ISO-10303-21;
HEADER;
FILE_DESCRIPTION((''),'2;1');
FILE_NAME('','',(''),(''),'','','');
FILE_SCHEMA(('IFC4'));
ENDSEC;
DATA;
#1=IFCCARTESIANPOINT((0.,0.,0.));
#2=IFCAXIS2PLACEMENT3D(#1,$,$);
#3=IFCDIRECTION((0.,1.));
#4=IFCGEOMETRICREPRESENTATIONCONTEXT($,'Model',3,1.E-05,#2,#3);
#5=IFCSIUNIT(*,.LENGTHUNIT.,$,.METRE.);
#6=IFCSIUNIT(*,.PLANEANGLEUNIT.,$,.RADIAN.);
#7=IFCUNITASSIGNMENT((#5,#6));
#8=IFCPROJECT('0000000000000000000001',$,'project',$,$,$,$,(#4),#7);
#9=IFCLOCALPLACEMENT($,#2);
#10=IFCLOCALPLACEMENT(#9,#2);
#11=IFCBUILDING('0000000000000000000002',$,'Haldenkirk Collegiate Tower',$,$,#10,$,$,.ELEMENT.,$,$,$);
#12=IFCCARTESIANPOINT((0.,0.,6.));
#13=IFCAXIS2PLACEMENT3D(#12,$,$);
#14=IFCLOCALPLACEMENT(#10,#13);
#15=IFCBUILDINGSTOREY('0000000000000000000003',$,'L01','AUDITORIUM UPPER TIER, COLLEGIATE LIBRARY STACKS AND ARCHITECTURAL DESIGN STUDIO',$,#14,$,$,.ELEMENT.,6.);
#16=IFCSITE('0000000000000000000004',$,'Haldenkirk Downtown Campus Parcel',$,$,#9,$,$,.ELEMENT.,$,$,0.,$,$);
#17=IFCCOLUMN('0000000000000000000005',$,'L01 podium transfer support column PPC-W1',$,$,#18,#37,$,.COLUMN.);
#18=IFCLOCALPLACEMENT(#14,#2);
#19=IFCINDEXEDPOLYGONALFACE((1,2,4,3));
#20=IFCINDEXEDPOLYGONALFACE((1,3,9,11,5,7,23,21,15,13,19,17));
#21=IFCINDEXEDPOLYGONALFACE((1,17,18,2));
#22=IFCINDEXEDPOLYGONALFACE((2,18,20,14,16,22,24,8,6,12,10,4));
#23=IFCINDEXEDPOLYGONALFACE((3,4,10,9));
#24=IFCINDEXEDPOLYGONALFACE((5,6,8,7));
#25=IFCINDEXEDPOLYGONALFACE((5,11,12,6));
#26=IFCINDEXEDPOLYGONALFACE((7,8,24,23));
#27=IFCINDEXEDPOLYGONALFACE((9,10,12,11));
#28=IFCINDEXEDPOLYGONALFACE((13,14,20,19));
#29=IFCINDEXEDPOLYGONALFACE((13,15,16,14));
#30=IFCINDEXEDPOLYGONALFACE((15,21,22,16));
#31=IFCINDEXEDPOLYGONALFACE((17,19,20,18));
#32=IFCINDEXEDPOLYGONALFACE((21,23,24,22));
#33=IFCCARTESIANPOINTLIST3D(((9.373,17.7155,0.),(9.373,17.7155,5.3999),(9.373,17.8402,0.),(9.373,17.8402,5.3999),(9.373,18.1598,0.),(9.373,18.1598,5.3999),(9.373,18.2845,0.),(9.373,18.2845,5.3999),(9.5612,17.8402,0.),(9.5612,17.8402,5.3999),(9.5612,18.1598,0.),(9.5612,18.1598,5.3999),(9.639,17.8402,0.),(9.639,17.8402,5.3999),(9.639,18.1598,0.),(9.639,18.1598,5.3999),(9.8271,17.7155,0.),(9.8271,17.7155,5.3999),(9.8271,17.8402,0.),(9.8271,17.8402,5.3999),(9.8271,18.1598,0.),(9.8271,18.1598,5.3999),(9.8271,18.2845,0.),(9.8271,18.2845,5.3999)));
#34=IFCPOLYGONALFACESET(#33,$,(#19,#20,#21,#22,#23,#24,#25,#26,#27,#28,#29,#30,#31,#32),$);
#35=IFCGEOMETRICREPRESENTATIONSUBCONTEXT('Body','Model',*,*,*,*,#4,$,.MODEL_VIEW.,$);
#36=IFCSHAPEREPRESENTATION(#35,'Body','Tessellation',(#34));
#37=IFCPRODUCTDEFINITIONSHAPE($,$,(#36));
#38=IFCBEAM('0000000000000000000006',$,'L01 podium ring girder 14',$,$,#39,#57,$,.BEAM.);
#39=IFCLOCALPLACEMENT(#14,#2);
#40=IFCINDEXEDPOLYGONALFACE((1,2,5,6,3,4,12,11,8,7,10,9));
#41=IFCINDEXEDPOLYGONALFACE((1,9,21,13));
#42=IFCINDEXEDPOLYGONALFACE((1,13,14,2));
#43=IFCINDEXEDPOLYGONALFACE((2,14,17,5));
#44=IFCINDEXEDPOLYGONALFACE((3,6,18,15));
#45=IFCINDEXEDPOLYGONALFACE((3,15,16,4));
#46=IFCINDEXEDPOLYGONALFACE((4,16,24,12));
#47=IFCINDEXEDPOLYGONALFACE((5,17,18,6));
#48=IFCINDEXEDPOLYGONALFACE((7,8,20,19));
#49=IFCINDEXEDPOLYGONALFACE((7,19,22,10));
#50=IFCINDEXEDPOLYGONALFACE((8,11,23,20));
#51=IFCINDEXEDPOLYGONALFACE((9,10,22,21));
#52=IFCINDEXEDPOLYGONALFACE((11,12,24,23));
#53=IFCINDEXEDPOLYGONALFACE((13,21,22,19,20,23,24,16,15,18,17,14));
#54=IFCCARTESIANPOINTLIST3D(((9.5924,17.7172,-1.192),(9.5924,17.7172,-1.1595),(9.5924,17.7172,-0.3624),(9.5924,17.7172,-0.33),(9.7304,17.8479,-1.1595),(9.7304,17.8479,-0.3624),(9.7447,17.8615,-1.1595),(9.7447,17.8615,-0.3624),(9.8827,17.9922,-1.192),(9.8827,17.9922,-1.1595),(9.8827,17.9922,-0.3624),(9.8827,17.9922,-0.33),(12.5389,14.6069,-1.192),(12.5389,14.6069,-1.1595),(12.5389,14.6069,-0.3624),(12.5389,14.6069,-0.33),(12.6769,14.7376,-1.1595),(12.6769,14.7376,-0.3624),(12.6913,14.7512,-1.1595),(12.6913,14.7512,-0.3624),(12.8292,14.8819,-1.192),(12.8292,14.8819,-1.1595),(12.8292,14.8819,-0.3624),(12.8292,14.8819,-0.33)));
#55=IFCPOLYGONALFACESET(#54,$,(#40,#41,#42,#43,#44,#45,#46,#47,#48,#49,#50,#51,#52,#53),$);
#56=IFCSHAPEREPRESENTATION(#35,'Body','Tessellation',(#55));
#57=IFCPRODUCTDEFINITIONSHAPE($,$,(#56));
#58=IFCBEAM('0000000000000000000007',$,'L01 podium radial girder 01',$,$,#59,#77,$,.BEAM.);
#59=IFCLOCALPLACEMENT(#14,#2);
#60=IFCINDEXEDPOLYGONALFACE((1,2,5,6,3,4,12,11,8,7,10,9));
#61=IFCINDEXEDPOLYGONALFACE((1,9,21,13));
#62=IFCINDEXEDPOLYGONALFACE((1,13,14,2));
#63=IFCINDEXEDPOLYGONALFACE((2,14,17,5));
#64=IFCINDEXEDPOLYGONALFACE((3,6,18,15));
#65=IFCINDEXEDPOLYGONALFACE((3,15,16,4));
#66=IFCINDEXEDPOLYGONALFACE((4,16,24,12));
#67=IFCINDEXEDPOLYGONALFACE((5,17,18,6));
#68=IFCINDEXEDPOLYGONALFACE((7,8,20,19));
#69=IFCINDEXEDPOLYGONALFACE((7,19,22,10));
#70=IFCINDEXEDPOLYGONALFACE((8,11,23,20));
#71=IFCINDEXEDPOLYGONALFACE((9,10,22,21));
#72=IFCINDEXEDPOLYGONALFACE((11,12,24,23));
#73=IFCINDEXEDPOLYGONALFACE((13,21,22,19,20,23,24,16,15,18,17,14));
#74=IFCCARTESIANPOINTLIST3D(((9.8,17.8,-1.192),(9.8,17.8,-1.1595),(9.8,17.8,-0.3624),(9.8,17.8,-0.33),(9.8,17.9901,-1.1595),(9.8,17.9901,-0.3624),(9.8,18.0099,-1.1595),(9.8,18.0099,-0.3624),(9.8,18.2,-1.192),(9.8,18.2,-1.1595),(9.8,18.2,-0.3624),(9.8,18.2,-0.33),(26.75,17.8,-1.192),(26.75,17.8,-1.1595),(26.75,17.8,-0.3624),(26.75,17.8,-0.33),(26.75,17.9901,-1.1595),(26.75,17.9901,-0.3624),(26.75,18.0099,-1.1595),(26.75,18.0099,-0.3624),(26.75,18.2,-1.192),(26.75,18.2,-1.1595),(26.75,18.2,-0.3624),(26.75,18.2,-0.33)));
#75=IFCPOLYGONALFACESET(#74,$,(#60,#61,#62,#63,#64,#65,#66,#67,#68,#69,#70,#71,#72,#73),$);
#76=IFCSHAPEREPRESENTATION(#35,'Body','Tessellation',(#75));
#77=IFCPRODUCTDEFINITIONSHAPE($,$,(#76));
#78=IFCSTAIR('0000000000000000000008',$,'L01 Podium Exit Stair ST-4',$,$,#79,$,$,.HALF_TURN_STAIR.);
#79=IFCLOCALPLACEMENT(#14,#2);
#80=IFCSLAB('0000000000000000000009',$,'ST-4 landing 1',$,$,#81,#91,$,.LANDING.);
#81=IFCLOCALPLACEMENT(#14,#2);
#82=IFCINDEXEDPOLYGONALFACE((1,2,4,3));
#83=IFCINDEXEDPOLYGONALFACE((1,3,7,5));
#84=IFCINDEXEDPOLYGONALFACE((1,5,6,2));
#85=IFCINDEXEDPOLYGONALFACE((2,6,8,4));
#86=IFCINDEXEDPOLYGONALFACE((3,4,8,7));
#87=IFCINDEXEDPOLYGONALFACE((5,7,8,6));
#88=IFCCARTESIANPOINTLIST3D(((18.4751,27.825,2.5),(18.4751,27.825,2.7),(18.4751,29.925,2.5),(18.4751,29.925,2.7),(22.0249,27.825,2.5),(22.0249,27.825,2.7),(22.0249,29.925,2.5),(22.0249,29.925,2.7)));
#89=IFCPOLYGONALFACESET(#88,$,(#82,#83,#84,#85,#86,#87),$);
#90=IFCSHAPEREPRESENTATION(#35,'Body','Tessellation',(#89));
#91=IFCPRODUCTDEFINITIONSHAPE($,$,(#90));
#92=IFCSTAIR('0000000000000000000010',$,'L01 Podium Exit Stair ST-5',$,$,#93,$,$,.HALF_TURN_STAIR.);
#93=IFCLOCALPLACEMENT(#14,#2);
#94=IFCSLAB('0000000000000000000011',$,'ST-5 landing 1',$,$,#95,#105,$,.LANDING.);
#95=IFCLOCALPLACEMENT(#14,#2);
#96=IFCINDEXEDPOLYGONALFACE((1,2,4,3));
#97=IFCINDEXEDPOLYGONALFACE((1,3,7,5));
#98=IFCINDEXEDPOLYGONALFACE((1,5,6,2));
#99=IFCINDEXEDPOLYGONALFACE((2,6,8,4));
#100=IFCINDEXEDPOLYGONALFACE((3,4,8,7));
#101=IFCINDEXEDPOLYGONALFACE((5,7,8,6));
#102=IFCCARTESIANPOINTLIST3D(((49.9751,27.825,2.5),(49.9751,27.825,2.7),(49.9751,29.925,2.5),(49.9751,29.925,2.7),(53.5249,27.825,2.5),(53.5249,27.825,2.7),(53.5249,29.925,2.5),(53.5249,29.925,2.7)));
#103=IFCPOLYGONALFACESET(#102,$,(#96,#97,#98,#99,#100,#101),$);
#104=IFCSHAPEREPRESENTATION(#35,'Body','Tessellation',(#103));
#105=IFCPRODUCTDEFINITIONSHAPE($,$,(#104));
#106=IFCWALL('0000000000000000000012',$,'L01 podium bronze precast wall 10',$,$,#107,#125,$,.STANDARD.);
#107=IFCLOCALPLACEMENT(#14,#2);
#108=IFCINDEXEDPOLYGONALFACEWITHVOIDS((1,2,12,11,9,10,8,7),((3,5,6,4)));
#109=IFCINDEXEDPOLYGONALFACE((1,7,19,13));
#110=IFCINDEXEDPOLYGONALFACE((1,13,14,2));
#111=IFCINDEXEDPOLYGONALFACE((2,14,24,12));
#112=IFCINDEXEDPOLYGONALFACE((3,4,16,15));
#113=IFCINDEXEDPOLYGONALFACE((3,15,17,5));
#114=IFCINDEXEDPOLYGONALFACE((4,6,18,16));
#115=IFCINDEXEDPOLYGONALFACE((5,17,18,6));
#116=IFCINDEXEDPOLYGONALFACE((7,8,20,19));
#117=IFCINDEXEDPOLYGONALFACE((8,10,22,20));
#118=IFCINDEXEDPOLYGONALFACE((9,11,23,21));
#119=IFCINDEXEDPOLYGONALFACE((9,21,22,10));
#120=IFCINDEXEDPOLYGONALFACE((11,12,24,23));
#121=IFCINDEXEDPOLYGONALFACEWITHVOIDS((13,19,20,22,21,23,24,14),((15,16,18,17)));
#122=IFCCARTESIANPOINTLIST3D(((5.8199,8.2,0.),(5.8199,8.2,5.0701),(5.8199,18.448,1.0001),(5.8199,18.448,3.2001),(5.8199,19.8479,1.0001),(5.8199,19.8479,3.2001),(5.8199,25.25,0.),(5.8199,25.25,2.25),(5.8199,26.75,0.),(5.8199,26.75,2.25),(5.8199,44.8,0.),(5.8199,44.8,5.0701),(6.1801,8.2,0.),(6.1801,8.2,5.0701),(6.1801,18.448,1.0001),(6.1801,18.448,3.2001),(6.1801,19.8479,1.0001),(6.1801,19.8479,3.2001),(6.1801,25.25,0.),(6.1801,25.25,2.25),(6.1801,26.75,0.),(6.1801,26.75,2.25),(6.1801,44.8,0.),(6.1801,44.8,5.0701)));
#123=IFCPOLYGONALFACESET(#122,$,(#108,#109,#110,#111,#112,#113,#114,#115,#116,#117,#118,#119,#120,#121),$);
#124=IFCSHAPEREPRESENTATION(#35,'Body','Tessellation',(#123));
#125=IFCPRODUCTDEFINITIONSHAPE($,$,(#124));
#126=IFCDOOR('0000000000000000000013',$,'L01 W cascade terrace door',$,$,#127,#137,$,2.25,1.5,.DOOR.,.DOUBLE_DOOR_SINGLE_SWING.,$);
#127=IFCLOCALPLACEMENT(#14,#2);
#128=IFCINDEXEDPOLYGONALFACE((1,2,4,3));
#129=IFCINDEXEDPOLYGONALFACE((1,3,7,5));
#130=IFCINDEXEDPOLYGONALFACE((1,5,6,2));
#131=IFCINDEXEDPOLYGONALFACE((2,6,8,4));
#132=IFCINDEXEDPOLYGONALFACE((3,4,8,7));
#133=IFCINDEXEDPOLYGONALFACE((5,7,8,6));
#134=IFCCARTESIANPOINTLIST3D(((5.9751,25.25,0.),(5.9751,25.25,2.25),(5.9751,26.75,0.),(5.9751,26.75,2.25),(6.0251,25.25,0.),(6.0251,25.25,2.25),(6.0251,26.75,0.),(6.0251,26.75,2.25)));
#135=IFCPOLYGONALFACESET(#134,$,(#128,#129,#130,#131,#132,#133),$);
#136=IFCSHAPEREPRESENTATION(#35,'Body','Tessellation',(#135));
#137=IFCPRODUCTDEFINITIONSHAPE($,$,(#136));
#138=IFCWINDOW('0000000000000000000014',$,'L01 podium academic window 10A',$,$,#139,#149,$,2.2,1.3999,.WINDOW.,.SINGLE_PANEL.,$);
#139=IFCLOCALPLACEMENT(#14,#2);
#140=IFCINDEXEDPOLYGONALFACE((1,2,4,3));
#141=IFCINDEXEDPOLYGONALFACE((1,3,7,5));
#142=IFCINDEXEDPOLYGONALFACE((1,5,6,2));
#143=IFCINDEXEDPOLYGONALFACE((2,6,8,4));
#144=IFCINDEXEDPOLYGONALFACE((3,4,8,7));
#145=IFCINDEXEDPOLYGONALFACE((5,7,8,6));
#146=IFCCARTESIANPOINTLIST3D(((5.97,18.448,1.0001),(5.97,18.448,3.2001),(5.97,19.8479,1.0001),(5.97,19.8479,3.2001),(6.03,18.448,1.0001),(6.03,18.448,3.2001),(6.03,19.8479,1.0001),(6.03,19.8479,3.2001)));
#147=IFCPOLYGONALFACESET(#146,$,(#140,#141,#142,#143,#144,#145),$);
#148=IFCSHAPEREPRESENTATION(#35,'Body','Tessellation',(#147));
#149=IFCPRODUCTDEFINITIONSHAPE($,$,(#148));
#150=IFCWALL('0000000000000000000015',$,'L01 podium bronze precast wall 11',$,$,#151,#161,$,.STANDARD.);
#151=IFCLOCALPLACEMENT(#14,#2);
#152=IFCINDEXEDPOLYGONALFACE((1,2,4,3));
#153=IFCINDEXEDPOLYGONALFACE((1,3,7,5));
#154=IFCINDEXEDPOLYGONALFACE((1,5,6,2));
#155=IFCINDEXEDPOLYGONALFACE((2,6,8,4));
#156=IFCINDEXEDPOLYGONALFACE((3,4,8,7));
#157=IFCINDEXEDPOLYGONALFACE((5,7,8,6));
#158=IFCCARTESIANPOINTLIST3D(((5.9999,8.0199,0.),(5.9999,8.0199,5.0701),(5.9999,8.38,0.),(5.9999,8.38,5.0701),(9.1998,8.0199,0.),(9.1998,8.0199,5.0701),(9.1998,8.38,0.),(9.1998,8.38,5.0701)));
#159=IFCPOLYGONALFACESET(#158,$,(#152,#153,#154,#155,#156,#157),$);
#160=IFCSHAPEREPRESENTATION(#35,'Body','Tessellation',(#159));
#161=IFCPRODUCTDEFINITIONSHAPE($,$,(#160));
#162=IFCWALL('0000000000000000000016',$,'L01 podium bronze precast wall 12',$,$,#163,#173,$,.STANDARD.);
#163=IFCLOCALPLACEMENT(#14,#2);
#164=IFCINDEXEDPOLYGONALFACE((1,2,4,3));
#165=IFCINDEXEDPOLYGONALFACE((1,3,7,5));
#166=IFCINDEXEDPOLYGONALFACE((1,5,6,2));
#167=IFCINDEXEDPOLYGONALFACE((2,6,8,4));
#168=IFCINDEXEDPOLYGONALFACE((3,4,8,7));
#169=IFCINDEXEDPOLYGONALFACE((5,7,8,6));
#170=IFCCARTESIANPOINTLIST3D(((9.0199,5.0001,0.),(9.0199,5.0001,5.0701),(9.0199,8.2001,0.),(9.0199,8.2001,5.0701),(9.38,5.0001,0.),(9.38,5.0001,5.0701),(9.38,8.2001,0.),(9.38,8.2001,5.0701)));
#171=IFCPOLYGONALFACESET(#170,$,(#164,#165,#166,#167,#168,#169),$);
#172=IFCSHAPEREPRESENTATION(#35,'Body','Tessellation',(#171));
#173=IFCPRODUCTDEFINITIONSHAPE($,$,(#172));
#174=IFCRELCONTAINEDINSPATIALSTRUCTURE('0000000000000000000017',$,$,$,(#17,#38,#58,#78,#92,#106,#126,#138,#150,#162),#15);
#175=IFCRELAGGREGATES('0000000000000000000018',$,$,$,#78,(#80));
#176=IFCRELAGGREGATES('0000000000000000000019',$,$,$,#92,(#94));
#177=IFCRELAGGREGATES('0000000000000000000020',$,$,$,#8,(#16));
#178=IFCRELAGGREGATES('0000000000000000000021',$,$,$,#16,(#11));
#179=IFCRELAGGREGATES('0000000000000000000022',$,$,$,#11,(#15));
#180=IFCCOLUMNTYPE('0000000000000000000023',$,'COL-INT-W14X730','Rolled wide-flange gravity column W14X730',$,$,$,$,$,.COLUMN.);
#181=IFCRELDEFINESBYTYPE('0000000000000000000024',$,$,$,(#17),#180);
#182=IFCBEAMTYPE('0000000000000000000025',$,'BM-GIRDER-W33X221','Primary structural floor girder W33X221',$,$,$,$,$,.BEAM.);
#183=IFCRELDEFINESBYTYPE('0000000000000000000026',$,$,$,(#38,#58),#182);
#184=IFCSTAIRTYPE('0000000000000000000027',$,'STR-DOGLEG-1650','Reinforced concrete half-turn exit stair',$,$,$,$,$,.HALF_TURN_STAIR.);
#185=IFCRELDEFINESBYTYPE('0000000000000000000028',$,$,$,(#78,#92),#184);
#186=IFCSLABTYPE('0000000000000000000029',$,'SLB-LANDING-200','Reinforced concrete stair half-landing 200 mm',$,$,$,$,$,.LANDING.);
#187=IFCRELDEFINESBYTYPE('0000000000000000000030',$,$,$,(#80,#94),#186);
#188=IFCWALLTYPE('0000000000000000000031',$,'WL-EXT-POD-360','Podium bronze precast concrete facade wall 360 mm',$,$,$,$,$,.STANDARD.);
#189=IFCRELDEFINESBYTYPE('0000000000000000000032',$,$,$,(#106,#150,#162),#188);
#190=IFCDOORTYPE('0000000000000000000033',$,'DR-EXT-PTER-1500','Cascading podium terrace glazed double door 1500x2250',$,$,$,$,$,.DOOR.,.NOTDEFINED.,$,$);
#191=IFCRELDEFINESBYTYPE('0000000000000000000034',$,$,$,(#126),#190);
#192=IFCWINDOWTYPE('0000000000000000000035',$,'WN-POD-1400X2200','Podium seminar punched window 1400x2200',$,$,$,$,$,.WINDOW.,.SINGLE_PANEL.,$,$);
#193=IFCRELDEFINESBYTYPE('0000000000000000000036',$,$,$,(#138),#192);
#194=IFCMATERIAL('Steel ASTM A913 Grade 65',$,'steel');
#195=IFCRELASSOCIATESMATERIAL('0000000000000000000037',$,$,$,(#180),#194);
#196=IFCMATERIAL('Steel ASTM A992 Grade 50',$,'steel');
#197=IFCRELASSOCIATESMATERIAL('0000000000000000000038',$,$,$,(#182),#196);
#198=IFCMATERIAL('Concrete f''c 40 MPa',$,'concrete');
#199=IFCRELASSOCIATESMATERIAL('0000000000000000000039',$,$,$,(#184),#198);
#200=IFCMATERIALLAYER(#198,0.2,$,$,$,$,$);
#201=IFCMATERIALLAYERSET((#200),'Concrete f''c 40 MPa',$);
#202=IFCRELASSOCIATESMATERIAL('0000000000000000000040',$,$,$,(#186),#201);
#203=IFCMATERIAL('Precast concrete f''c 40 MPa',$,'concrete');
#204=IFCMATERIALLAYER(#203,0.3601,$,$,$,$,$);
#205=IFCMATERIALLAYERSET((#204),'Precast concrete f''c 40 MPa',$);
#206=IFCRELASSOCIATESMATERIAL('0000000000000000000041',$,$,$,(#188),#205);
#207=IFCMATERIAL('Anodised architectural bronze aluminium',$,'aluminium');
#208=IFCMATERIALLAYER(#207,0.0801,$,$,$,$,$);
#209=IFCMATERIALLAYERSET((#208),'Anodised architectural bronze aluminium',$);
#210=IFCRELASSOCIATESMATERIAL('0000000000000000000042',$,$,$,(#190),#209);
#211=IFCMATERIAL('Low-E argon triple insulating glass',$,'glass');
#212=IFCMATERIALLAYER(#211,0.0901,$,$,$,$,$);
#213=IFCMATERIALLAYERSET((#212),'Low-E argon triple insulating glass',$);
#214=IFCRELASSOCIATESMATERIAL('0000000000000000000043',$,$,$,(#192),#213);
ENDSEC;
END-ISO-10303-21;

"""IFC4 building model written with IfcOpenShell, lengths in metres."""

from ifc_helpers import new_model, si_unit, direction, frame, frame_2d, origin, origin_2d, place, context, subcontext, project, spatial, polyline, rectangle, i_section, outline, extrude, material, layer, layer_set, material_profile, profile_set, type_object, element, fill, aggregate, save


model = new_model("IFC4")

# Units and contexts
model_context = context("Model", 3, precision=1e-05, world=origin(), true_north=direction((0.0, 1.0)))
body_context = subcontext(model_context, "Body", "Model", "MODEL_VIEW")
ifc_project = project(units=[si_unit("LENGTHUNIT", "METRE"), si_unit("PLANEANGLEUNIT", "RADIAN")], contexts=[model_context])

# Site, building, storey
site_placement = place(None, origin())
site = spatial("IfcSite", under=ifc_project, at=site_placement, Name="Haldenkirk Downtown Campus Parcel", CompositionType="ELEMENT", RefElevation=0.0)
building_placement = place(site_placement, origin())
building = spatial("IfcBuilding", under=site, at=building_placement, Name="Haldenkirk Collegiate Tower", CompositionType="ELEMENT")
storey_placement = place(building_placement, frame((0.0, 0.0, 6.0)))
storey = spatial("IfcBuildingStorey", under=building, at=storey_placement, Name="L01", Description="AUDITORIUM UPPER TIER, COLLEGIATE LIBRARY STACKS AND ARCHITECTURAL DESIGN STUDIO", CompositionType="ELEMENT", Elevation=6.0)

# Column
ifc_material_1 = material(Name="Steel ASTM A913 Grade 65", Category="steel")
ifc_material_profile_1 = material_profile(ifc_material_1, i_section(OverallWidth=0.4541, OverallDepth=0.5691, WebThickness=0.0779, FlangeThickness=0.1248, at=origin_2d()), Name="W14X730")
ifc_profile_set_1 = profile_set([ifc_material_profile_1], Name="Steel ASTM A913 Grade 65")
column_type = type_object("IfcColumnType", Name="COL-INT-W14X730", Description="Rolled wide-flange gravity column W14X730", PredefinedType="COLUMN", material=ifc_profile_set_1)
column_placement = place(storey_placement, frame((9.6001, 18.0, 0.0), z_axis=(0.0, 0.0, 1.0), x_axis=(1.0, 0.0, 0.0)))
element("IfcColumn", 1, at=column_placement, inside=storey, type_object=column_type, Name="L01 podium transfer support column PPC-W1", PredefinedType="COLUMN", context=body_context, shape_type="SweptSolid", body=[
    extrude(i_section(OverallWidth=0.4541, OverallDepth=0.5691, WebThickness=0.0779, FlangeThickness=0.1248, at=origin_2d()), origin(), (0.0, 0.0, 1.0), 5.3999),
])

# Beams
ifc_material_2 = material(Name="Steel ASTM A992 Grade 50", Category="steel")
ifc_material_profile_2 = material_profile(ifc_material_2, i_section(OverallWidth=0.3999, OverallDepth=0.8621, WebThickness=0.0198, FlangeThickness=0.0325, at=origin_2d()), Name="W33X221")
ifc_profile_set_2 = profile_set([ifc_material_profile_2], Name="Steel ASTM A992 Grade 50")
beam_type = type_object("IfcBeamType", Name="BM-GIRDER-W33X221", Description="Primary structural floor girder W33X221", PredefinedType="BEAM", material=ifc_profile_set_2)
beam_1_placement = place(storey_placement, frame((9.7375, 17.8547, -0.761), z_axis=(0.68773, -0.725966, 0.0), x_axis=(0.725966, 0.68773, 0.0)))
element("IfcBeam", 2, at=beam_1_placement, inside=storey, type_object=beam_type, Name="L01 podium ring girder 14", PredefinedType="BEAM", context=body_context, shape_type="SweptSolid", body=[
    extrude(i_section(OverallWidth=0.3999, OverallDepth=0.8621, WebThickness=0.0198, FlangeThickness=0.0325, at=origin_2d()), origin(), (0.0, 0.0, 1.0), 4.2844),
])
beam_2_placement = place(storey_placement, frame((9.8, 18.0, -0.761), z_axis=(1.0, 0.0, 0.0), x_axis=(0.0, 1.0, 0.0)))
element("IfcBeam", 3, at=beam_2_placement, inside=storey, type_object=beam_type, Name="L01 podium radial girder 01", PredefinedType="BEAM", context=body_context, shape_type="SweptSolid", body=[
    extrude(i_section(OverallWidth=0.3999, OverallDepth=0.8621, WebThickness=0.0198, FlangeThickness=0.0325, at=origin_2d()), origin(), (0.0, 0.0, 1.0), 16.95),
])

# Stairs, slabs
ifc_material_3 = material(Name="Concrete f'c 40 MPa", Category="concrete")
stair_type = type_object("IfcStairType", Name="STR-DOGLEG-1650", Description="Reinforced concrete half-turn exit stair", PredefinedType="HALF_TURN_STAIR", material=ifc_material_3)
stair_1_placement = place(storey_placement, origin())
stair_1 = element("IfcStair", 4, at=stair_1_placement, inside=storey, type_object=stair_type, Name="L01 Podium Exit Stair ST-4", PredefinedType="HALF_TURN_STAIR")
ifc_layer_1 = layer(ifc_material_3, 0.2)
ifc_layer_set_1 = layer_set([ifc_layer_1], Name="Concrete f'c 40 MPa")
slab_type = type_object("IfcSlabType", Name="SLB-LANDING-200", Description="Reinforced concrete stair half-landing 200 mm", PredefinedType="LANDING", material=ifc_layer_set_1)
slab_1_placement = place(storey_placement, frame((0.0, 0.0, 2.5)))
slab_1 = element("IfcSlab", 5, at=slab_1_placement, type_object=slab_type, Name="ST-4 landing 1", PredefinedType="LANDING", context=body_context, shape_type="SweptSolid", body=[
    extrude(outline(polyline([(22.0249, 27.825), (18.4751, 27.825), (18.4751, 29.925), (22.0249, 29.925), (22.0249, 27.825)])), origin(), (0.0, 0.0, 1.0), 0.2),
])
aggregate(stair_1, [slab_1])
stair_2_placement = place(storey_placement, origin())
stair_2 = element("IfcStair", 6, at=stair_2_placement, inside=storey, type_object=stair_type, Name="L01 Podium Exit Stair ST-5", PredefinedType="HALF_TURN_STAIR")
slab_2_placement = place(storey_placement, frame((0.0, 0.0, 2.5)))
slab_2 = element("IfcSlab", 7, at=slab_2_placement, type_object=slab_type, Name="ST-5 landing 1", PredefinedType="LANDING", context=body_context, shape_type="SweptSolid", body=[
    extrude(outline(polyline([(53.5249, 27.825), (49.9751, 27.825), (49.9751, 29.925), (53.5249, 29.925), (53.5249, 27.825)])), origin(), (0.0, 0.0, 1.0), 0.2),
])
aggregate(stair_2, [slab_2])

# Wall, openings, door, window
ifc_material_4 = material(Name="Precast concrete f'c 40 MPa", Category="concrete")
ifc_layer_2 = layer(ifc_material_4, 0.3601)
ifc_layer_set_2 = layer_set([ifc_layer_2], Name="Precast concrete f'c 40 MPa")
wall_type_1 = type_object("IfcWallType", Name="WL-EXT-POD-360", Description="Podium bronze precast concrete facade wall 360 mm", PredefinedType="STANDARD", material=ifc_layer_set_2)
wall_1_placement = place(storey_placement, frame((6.0, 8.2, 0.0), z_axis=(0.0, 0.0, 1.0), x_axis=(0.0, 1.0, 0.0)))
wall_1 = element("IfcWall", 8, at=wall_1_placement, inside=storey, type_object=wall_type_1, Name="L01 podium bronze precast wall 10", PredefinedType="STANDARD", context=body_context, shape_type="SweptSolid", body=[
    extrude(rectangle(XDim=36.6001, YDim=0.3601, at=frame_2d((18.3, 0.0))), origin(), (0.0, 0.0, 1.0), 5.0701),
])
opening_1_placement = place(wall_1_placement, frame((17.05, 0.0, 0.0)))
opening_1 = element("IfcOpeningElement", 9, at=opening_1_placement, cuts=wall_1, PredefinedType="OPENING", context=body_context, shape_type="SweptSolid", body=[
    extrude(rectangle(XDim=1.5, YDim=2.25, at=frame_2d((0.75, 1.125))), frame((0.0, 0.1899, 0.0), z_axis=(0.0, -1.0, 0.0), x_axis=(1.0, 0.0, 0.0)), (0.0, 0.0, 1.0), 0.3801),
])
opening_2_placement = place(wall_1_placement, frame((10.248, 0.0, 1.0)))
opening_2 = element("IfcOpeningElement", 10, at=opening_2_placement, cuts=wall_1, PredefinedType="OPENING", context=body_context, shape_type="SweptSolid", body=[
    extrude(rectangle(XDim=1.3999, YDim=2.2, at=frame_2d((0.7, 1.1001))), frame((0.0, 0.1899, 0.0), z_axis=(0.0, -1.0, 0.0), x_axis=(1.0, 0.0, 0.0)), (0.0, 0.0, 1.0), 0.3801),
])
ifc_material_5 = material(Name="Anodised architectural bronze aluminium", Category="aluminium")
ifc_layer_3 = layer(ifc_material_5, 0.0801)
ifc_layer_set_3 = layer_set([ifc_layer_3], Name="Anodised architectural bronze aluminium")
door_type = type_object("IfcDoorType", Name="DR-EXT-PTER-1500", Description="Cascading podium terrace glazed double door 1500x2250", OperationType="NOTDEFINED", PredefinedType="DOOR", material=ifc_layer_set_3)
door_placement = place(opening_1_placement, origin())
door = element("IfcDoor", 11, at=door_placement, inside=storey, type_object=door_type, Name="L01 W cascade terrace door", OperationType="DOUBLE_DOOR_SINGLE_SWING", OverallHeight=2.25, OverallWidth=1.5, PredefinedType="DOOR", context=body_context, shape_type="SweptSolid", body=[
    extrude(rectangle(XDim=1.5, YDim=2.25, at=frame_2d((0.75, 1.125))), frame((0.0, 0.0249, 0.0), z_axis=(0.0, -1.0, 0.0), x_axis=(1.0, 0.0, 0.0)), (0.0, 0.0, 1.0), 0.05),
])
fill(opening_1, door)
ifc_material_6 = material(Name="Low-E argon triple insulating glass", Category="glass")
ifc_layer_4 = layer(ifc_material_6, 0.0901)
ifc_layer_set_4 = layer_set([ifc_layer_4], Name="Low-E argon triple insulating glass")
window_type = type_object("IfcWindowType", Name="WN-POD-1400X2200", Description="Podium seminar punched window 1400x2200", PartitioningType="SINGLE_PANEL", PredefinedType="WINDOW", material=ifc_layer_set_4)
window_placement = place(opening_2_placement, origin())
window = element("IfcWindow", 12, at=window_placement, inside=storey, type_object=window_type, Name="L01 podium academic window 10A", OverallHeight=2.2, OverallWidth=1.3999, PartitioningType="SINGLE_PANEL", PredefinedType="WINDOW", context=body_context, shape_type="SweptSolid", body=[
    extrude(rectangle(XDim=1.3999, YDim=2.2, at=frame_2d((0.7, 1.1001))), frame((0.0, 0.03, 0.0), z_axis=(0.0, -1.0, 0.0), x_axis=(1.0, 0.0, 0.0)), (0.0, 0.0, 1.0), 0.0601),
])
fill(opening_2, window)

# Walls
for number, where, z_axis, x_axis, name in (
    (13, (9.2, 8.2, 0.0), (0.0, 0.0, 1.0), (-1.0, 0.0, 0.0), "L01 podium bronze precast wall 11"),
    (14, (9.2, 5.0, 0.0), (0.0, 0.0, 1.0), (0.0, 1.0, 0.0), "L01 podium bronze precast wall 12"),
):
    element("IfcWall", number, at=place(storey_placement, frame(where, z_axis=z_axis, x_axis=x_axis)), inside=storey, type_object=wall_type_1, Name=name, PredefinedType="STANDARD", context=body_context, shape_type="SweptSolid", body=[
        extrude(rectangle(XDim=3.2, YDim=0.3601, at=frame_2d((1.6001, 0.0))), origin(), (0.0, 0.0, 1.0), 5.0701),
    ])

save(model, "model.ifc")
